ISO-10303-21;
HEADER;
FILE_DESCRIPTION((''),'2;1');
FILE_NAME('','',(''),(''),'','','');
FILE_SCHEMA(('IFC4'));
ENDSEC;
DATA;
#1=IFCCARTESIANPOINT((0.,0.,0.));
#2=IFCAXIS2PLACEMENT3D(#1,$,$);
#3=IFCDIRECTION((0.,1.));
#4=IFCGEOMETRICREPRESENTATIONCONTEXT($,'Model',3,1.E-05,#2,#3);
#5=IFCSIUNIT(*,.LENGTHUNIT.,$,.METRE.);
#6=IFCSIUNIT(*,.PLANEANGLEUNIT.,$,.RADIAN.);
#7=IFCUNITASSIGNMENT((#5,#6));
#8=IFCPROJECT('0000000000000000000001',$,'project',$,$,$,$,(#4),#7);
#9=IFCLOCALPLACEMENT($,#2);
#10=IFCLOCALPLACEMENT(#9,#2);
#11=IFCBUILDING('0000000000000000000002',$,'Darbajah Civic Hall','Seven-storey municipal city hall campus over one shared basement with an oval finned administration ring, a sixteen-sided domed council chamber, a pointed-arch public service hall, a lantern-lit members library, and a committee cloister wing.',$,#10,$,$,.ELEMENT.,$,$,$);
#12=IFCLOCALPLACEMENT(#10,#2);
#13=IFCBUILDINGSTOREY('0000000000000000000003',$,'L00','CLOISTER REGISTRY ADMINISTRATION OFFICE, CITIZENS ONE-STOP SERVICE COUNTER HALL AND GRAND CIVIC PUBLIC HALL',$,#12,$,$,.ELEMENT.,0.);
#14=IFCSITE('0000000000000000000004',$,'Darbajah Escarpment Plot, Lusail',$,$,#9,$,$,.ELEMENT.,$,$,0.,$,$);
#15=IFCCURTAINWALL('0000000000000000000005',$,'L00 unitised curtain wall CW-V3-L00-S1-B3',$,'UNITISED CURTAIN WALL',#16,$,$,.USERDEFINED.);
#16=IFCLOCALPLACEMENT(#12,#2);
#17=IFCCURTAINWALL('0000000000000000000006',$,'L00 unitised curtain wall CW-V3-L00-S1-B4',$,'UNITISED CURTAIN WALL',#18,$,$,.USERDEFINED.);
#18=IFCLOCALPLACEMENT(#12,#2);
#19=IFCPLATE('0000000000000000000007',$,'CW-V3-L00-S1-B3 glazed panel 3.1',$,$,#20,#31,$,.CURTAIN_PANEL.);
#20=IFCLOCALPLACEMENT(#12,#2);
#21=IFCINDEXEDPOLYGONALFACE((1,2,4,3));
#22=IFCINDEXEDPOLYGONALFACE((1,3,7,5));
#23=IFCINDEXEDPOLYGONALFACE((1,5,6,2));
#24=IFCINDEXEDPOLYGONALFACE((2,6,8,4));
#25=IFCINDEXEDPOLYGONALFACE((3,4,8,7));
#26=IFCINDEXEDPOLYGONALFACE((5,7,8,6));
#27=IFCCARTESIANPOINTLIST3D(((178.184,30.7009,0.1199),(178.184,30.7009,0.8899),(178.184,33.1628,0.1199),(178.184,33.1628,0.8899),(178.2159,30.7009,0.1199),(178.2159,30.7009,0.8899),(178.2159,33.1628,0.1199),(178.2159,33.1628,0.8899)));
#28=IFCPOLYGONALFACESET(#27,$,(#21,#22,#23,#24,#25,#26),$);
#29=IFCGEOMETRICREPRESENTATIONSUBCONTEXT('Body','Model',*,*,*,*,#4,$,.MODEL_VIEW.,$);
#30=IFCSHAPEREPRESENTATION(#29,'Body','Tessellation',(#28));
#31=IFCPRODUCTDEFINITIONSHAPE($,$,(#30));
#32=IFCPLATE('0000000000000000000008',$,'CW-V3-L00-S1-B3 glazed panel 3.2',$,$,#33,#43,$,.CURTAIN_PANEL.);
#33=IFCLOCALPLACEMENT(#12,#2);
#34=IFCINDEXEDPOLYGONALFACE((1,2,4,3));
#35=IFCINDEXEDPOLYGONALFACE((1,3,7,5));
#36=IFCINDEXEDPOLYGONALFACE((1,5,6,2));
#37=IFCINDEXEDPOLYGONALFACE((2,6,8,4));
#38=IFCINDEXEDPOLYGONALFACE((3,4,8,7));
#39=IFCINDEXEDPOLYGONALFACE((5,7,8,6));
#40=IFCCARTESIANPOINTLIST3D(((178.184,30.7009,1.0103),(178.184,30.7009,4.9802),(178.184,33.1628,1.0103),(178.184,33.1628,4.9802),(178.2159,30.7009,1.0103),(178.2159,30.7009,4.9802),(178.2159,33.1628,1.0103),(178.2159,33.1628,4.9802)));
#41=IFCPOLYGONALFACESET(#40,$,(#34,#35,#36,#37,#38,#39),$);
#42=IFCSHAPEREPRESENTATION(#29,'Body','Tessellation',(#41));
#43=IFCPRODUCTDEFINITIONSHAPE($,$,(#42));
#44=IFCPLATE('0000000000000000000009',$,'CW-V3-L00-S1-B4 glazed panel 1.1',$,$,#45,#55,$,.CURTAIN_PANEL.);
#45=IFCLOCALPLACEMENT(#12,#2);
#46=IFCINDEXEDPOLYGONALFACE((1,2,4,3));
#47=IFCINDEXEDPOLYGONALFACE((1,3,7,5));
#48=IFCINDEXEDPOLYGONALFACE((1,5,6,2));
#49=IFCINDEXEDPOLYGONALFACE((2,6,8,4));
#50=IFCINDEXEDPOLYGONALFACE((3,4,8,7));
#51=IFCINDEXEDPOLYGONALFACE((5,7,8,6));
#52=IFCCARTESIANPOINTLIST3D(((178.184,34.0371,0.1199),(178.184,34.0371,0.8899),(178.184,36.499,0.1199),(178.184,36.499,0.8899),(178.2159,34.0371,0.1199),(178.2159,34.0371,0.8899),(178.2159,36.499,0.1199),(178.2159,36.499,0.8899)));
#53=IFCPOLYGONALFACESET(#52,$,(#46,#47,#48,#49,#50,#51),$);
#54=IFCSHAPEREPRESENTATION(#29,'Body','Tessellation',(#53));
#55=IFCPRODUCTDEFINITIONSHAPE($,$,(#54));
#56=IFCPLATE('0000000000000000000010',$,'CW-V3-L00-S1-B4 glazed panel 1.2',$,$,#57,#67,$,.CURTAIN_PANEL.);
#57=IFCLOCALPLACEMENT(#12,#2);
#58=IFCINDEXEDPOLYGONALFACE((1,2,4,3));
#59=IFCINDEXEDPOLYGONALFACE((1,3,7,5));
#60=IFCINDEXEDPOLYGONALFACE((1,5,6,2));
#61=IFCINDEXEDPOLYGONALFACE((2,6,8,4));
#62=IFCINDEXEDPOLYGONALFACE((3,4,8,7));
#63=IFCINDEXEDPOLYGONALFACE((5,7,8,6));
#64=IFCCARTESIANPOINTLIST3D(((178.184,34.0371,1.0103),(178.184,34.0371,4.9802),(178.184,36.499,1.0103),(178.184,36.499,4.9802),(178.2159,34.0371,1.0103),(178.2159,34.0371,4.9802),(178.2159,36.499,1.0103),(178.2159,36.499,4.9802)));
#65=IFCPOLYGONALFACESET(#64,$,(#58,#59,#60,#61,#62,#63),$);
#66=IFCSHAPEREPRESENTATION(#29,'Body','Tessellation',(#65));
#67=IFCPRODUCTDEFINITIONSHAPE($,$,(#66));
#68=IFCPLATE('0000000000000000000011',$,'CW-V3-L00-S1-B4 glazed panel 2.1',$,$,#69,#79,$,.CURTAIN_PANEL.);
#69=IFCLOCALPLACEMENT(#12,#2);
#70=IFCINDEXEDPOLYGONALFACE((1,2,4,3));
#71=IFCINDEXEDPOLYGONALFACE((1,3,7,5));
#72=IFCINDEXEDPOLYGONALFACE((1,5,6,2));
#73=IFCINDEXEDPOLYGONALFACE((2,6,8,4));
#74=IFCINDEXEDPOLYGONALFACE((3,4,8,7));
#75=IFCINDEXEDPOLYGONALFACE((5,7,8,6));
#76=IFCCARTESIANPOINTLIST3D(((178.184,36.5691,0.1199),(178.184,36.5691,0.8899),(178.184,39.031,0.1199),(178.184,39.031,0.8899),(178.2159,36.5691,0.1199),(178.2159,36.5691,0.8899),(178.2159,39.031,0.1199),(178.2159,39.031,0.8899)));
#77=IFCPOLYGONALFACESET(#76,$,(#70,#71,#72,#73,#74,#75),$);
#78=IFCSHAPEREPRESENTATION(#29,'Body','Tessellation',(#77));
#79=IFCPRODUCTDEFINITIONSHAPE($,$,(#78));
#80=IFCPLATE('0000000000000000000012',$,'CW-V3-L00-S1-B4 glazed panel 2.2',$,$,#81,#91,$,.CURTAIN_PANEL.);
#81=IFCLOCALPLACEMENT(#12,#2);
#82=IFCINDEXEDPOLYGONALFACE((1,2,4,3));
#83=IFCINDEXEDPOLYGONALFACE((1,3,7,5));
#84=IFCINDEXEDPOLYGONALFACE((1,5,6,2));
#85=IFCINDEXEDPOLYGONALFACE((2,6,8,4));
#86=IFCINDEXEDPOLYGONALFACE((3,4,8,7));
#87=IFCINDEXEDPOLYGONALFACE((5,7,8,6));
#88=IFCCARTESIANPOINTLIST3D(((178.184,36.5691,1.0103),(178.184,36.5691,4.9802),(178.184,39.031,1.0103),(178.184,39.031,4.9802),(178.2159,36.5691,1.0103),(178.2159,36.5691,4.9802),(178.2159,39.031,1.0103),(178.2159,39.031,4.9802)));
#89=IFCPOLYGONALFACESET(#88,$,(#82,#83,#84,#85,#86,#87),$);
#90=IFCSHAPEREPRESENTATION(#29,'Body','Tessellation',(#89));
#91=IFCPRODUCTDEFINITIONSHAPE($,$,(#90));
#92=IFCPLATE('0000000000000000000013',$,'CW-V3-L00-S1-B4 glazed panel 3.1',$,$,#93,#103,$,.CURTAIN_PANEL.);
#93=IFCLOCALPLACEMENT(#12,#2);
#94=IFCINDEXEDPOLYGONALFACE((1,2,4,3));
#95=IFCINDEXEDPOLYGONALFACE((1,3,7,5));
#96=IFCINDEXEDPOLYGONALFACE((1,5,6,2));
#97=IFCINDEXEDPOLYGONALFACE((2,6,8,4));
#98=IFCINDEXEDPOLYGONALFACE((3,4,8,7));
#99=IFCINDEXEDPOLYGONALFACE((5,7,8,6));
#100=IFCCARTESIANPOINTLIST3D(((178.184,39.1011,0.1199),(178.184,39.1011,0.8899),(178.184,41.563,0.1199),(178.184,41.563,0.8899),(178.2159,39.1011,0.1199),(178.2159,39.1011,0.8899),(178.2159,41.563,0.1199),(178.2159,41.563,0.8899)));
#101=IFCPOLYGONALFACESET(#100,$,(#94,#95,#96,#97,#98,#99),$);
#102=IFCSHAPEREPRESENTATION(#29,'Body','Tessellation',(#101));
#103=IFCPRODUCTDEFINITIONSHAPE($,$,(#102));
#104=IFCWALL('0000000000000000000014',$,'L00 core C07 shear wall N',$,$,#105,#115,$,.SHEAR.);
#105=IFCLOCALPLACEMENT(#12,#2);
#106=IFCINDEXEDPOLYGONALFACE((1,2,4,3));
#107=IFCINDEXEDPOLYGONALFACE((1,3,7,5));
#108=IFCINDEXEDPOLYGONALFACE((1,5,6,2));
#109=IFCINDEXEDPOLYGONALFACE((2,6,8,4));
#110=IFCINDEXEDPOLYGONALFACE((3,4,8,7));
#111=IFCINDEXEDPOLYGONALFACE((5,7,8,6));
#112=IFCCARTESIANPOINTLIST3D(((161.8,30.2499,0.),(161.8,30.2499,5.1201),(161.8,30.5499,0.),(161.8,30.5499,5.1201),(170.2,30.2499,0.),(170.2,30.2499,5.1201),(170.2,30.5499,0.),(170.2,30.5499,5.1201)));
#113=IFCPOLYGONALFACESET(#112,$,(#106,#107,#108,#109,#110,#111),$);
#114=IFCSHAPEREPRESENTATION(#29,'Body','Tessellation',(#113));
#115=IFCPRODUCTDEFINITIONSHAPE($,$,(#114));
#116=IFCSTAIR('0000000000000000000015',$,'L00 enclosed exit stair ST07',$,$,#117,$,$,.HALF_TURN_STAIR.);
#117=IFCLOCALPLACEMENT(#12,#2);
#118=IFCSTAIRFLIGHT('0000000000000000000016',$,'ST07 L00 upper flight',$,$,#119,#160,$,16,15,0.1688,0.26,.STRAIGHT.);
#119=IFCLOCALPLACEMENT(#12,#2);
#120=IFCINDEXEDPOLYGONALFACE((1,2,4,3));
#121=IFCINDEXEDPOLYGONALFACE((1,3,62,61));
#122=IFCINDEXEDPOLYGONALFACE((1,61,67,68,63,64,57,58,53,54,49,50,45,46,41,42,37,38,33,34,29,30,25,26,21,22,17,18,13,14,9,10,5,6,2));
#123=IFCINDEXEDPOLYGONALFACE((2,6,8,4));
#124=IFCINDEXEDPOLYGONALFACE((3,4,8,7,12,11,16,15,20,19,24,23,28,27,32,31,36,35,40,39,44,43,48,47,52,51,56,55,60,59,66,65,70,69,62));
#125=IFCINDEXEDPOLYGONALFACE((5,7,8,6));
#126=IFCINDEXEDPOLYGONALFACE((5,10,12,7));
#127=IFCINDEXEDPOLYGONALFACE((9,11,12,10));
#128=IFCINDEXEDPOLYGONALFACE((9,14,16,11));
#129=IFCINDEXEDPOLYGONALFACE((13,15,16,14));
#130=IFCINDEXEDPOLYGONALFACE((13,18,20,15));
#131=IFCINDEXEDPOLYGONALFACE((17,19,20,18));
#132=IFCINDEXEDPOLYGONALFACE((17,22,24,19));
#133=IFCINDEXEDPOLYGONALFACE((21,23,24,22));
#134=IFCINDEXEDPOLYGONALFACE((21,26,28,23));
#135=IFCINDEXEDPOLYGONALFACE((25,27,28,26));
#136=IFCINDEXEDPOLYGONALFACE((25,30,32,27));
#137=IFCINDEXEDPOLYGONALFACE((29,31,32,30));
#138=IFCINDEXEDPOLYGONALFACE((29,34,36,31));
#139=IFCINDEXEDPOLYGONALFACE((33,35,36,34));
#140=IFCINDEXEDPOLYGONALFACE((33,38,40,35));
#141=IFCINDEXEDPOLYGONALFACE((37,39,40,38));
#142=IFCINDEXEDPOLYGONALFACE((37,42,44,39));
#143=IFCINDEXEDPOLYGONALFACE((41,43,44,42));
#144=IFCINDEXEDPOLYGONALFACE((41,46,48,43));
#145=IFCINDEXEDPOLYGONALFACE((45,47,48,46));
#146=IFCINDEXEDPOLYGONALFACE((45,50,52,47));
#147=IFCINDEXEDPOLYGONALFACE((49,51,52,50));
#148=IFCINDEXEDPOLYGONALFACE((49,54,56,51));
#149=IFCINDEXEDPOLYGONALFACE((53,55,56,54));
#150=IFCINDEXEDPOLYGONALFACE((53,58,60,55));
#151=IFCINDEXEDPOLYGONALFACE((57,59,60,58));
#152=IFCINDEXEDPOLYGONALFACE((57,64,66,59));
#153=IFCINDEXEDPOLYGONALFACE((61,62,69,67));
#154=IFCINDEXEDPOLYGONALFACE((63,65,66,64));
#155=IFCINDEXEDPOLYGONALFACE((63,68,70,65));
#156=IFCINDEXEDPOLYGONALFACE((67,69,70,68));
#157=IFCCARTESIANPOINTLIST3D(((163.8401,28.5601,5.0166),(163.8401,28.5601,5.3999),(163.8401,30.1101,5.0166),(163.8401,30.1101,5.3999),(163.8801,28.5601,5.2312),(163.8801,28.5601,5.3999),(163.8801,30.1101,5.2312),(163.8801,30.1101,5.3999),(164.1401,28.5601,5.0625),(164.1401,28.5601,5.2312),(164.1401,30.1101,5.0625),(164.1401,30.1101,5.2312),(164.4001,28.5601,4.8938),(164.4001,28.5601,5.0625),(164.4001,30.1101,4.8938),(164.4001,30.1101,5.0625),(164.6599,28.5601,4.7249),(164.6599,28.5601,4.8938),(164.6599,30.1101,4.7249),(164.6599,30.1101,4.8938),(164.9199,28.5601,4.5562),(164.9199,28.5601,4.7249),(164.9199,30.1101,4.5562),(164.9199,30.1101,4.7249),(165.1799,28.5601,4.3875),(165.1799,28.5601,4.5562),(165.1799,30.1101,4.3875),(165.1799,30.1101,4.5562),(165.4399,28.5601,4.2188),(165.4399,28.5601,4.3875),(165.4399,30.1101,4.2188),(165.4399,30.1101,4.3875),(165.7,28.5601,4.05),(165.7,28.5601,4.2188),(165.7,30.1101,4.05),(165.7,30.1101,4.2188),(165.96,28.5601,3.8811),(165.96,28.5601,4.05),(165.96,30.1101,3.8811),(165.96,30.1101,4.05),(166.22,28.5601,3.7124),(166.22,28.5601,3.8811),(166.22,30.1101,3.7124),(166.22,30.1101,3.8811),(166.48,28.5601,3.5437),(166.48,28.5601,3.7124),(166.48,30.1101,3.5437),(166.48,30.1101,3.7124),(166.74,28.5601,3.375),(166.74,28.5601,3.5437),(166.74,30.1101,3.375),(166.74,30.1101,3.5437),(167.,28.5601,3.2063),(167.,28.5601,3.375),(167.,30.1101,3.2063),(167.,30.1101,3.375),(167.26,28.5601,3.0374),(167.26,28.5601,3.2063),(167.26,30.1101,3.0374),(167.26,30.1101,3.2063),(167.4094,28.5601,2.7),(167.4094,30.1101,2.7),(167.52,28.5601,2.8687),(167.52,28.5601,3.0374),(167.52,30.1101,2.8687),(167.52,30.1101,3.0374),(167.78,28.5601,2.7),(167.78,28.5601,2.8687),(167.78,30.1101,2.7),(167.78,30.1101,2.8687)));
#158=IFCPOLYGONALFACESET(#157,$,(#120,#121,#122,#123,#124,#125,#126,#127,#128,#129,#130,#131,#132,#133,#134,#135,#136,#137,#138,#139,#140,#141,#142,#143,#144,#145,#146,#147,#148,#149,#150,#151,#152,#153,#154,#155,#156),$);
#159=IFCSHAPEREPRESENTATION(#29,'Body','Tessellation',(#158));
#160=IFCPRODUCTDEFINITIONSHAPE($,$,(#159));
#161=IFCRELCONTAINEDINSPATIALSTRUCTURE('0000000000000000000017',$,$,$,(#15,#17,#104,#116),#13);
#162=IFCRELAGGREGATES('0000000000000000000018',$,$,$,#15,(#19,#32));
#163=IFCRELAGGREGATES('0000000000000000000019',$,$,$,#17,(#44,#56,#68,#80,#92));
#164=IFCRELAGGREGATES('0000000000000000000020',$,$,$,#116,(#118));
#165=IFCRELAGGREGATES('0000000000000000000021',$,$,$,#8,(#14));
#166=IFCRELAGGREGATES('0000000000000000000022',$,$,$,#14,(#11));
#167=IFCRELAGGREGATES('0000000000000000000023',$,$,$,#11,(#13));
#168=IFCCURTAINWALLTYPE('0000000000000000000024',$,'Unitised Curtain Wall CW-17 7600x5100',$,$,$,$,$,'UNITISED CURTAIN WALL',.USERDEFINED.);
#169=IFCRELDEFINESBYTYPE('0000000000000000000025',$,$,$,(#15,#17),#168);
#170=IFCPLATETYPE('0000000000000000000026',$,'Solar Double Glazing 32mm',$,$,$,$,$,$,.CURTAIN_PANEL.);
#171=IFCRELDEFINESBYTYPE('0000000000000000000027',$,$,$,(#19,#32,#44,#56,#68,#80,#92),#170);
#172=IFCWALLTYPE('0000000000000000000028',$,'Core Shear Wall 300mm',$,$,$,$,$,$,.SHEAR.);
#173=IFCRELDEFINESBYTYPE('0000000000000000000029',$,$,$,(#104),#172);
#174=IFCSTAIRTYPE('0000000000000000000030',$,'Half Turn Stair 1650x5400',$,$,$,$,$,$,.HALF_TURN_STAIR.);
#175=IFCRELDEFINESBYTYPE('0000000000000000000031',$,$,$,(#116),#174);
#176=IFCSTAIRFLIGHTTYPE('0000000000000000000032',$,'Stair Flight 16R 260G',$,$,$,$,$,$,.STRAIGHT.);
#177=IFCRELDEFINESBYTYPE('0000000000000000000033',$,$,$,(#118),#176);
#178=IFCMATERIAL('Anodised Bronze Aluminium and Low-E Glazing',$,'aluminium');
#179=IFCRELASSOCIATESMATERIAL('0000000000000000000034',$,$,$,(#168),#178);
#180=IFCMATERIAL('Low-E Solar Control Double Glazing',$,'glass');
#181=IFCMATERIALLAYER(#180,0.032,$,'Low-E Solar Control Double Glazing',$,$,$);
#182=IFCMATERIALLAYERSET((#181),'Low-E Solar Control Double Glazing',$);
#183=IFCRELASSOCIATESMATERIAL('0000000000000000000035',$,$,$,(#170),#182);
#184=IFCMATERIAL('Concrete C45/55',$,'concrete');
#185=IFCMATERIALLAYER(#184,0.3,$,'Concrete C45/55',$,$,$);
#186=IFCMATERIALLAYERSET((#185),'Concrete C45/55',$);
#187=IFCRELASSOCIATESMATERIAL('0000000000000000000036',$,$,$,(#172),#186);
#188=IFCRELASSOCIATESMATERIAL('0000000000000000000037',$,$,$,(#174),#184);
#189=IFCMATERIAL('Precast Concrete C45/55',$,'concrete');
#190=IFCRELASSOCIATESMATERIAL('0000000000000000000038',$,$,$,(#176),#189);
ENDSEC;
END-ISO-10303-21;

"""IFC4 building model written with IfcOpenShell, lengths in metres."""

from ifc_helpers import new_model, si_unit, direction, frame, frame_2d, origin, origin_2d, place, context, subcontext, project, spatial, polyline, rectangle, outline, extrude, material, layer, layer_set, type_object, element, aggregate, save


model = new_model("IFC4")

# Units and contexts
model_context = context("Model", 3, precision=1e-05, world=origin(), true_north=direction((0.0, 1.0)))
body_context = subcontext(model_context, "Body", "Model", "MODEL_VIEW")
ifc_project = project(units=[si_unit("LENGTHUNIT", "METRE"), si_unit("PLANEANGLEUNIT", "RADIAN")], contexts=[model_context])

# Site, building, storey
site_placement = place(None, origin())
site = spatial("IfcSite", under=ifc_project, at=site_placement, Name="Darbajah Escarpment Plot, Lusail", CompositionType="ELEMENT", RefElevation=0.0)
building_placement = place(site_placement, origin())
building = spatial("IfcBuilding", under=site, at=building_placement, Name="Darbajah Civic Hall", Description="Seven-storey municipal city hall campus over one shared basement with an oval finned administration ring, a sixteen-sided domed council chamber, a pointed-arch public service hall, a lantern-lit members library, and a committee cloister wing.", CompositionType="ELEMENT")
storey_placement = place(building_placement, origin())
storey = spatial("IfcBuildingStorey", under=building, at=storey_placement, Name="L00", Description="CLOISTER REGISTRY ADMINISTRATION OFFICE, CITIZENS ONE-STOP SERVICE COUNTER HALL AND GRAND CIVIC PUBLIC HALL", CompositionType="ELEMENT", Elevation=0.0)

# Curtain walls
ifc_material_1 = material(Name="Anodised Bronze Aluminium and Low-E Glazing", Category="aluminium")
curtain_wall_type = type_object("IfcCurtainWallType", Name="Unitised Curtain Wall CW-17 7600x5100", ElementType="UNITISED CURTAIN WALL", PredefinedType="USERDEFINED", material=ifc_material_1)
curtain_wall_1_placement = place(storey_placement, origin())
curtain_wall_1 = element("IfcCurtainWall", 1, at=curtain_wall_1_placement, inside=storey, type_object=curtain_wall_type, Name="L00 unitised curtain wall CW-V3-L00-S1-B3", ObjectType="UNITISED CURTAIN WALL", PredefinedType="USERDEFINED")
curtain_wall_2_placement = place(storey_placement, origin())
curtain_wall_2 = element("IfcCurtainWall", 2, at=curtain_wall_2_placement, inside=storey, type_object=curtain_wall_type, Name="L00 unitised curtain wall CW-V3-L00-S1-B4", ObjectType="UNITISED CURTAIN WALL", PredefinedType="USERDEFINED")

# Shared definitions
ifc_material_2 = material(Name="Concrete C45/55", Category="concrete")

# Plates
ifc_material_3 = material(Name="Low-E Solar Control Double Glazing", Category="glass")
ifc_layer_1 = layer(ifc_material_3, 0.032, Name="Low-E Solar Control Double Glazing")
ifc_layer_set_1 = layer_set([ifc_layer_1], Name="Low-E Solar Control Double Glazing")
plate_type = type_object("IfcPlateType", Name="Solar Double Glazing 32mm", PredefinedType="CURTAIN_PANEL", material=ifc_layer_set_1)
plate_1_placement = place(storey_placement, frame((178.2, 31.9319, 0.1199), z_axis=(0.0, 0.0, 1.0), x_axis=(0.0, 1.0, 0.0)))
plate_1 = element("IfcPlate", 3, at=plate_1_placement, type_object=plate_type, Name="CW-V3-L00-S1-B3 glazed panel 3.1", PredefinedType="CURTAIN_PANEL", context=body_context, shape_type="SweptSolid", body=[
    extrude(rectangle(XDim=2.4619, YDim=0.032, at=origin_2d()), origin(), (0.0, 0.0, 1.0), 0.77),
])
plate_2_placement = place(storey_placement, frame((178.2, 31.9319, 1.0103), z_axis=(0.0, 0.0, 1.0), x_axis=(0.0, 1.0, 0.0)))
plate_2 = element("IfcPlate", 4, at=plate_2_placement, type_object=plate_type, Name="CW-V3-L00-S1-B3 glazed panel 3.2", PredefinedType="CURTAIN_PANEL", context=body_context, shape_type="SweptSolid", body=[
    extrude(rectangle(XDim=2.4619, YDim=0.032, at=origin_2d()), origin(), (0.0, 0.0, 1.0), 3.97),
])
aggregate(curtain_wall_1, [plate_1, plate_2])
plate_3_placement = place(storey_placement, frame((178.2, 35.2681, 0.1199), z_axis=(0.0, 0.0, 1.0), x_axis=(0.0, 1.0, 0.0)))
plate_3 = element("IfcPlate", 5, at=plate_3_placement, type_object=plate_type, Name="CW-V3-L00-S1-B4 glazed panel 1.1", PredefinedType="CURTAIN_PANEL", context=body_context, shape_type="SweptSolid", body=[
    extrude(rectangle(XDim=2.4619, YDim=0.032, at=origin_2d()), origin(), (0.0, 0.0, 1.0), 0.77),
])
plate_4_placement = place(storey_placement, frame((178.2, 35.2681, 1.0103), z_axis=(0.0, 0.0, 1.0), x_axis=(0.0, 1.0, 0.0)))
plate_4 = element("IfcPlate", 6, at=plate_4_placement, type_object=plate_type, Name="CW-V3-L00-S1-B4 glazed panel 1.2", PredefinedType="CURTAIN_PANEL", context=body_context, shape_type="SweptSolid", body=[
    extrude(rectangle(XDim=2.4619, YDim=0.032, at=origin_2d()), origin(), (0.0, 0.0, 1.0), 3.97),
])
plate_5_placement = place(storey_placement, frame((178.2, 37.8, 0.1199), z_axis=(0.0, 0.0, 1.0), x_axis=(0.0, 1.0, 0.0)))
plate_5 = element("IfcPlate", 7, at=plate_5_placement, type_object=plate_type, Name="CW-V3-L00-S1-B4 glazed panel 2.1", PredefinedType="CURTAIN_PANEL", context=body_context, shape_type="SweptSolid", body=[
    extrude(rectangle(XDim=2.4619, YDim=0.032, at=origin_2d()), origin(), (0.0, 0.0, 1.0), 0.77),
])
plate_6_placement = place(storey_placement, frame((178.2, 37.8, 1.0103), z_axis=(0.0, 0.0, 1.0), x_axis=(0.0, 1.0, 0.0)))
plate_6 = element("IfcPlate", 8, at=plate_6_placement, type_object=plate_type, Name="CW-V3-L00-S1-B4 glazed panel 2.2", PredefinedType="CURTAIN_PANEL", context=body_context, shape_type="SweptSolid", body=[
    extrude(rectangle(XDim=2.4619, YDim=0.032, at=origin_2d()), origin(), (0.0, 0.0, 1.0), 3.97),
])
plate_7_placement = place(storey_placement, frame((178.2, 40.332, 0.1199), z_axis=(0.0, 0.0, 1.0), x_axis=(0.0, 1.0, 0.0)))
plate_7 = element("IfcPlate", 9, at=plate_7_placement, type_object=plate_type, Name="CW-V3-L00-S1-B4 glazed panel 3.1", PredefinedType="CURTAIN_PANEL", context=body_context, shape_type="SweptSolid", body=[
    extrude(rectangle(XDim=2.4619, YDim=0.032, at=origin_2d()), origin(), (0.0, 0.0, 1.0), 0.77),
])
aggregate(curtain_wall_2, [plate_3, plate_4, plate_5, plate_6, plate_7])

# Wall
ifc_layer_2 = layer(ifc_material_2, 0.3, Name="Concrete C45/55")
ifc_layer_set_2 = layer_set([ifc_layer_2], Name="Concrete C45/55")
wall_type = type_object("IfcWallType", Name="Core Shear Wall 300mm", PredefinedType="SHEAR", material=ifc_layer_set_2)
wall_placement = place(storey_placement, frame((170.2, 30.3999, 0.0), z_axis=(0.0, 0.0, 1.0), x_axis=(-1.0, 0.0, 0.0)))
element("IfcWall", 10, at=wall_placement, inside=storey, type_object=wall_type, Name="L00 core C07 shear wall N", PredefinedType="SHEAR", context=body_context, shape_type="SweptSolid", body=[
    extrude(rectangle(XDim=8.3999, YDim=0.3, at=frame_2d((4.2, 0.0))), origin(), (0.0, 0.0, 1.0), 5.1201),
])

# Stair, stair flight
stair_type = type_object("IfcStairType", Name="Half Turn Stair 1650x5400", PredefinedType="HALF_TURN_STAIR", material=ifc_material_2)
stair_placement = place(storey_placement, origin())
stair = element("IfcStair", 11, at=stair_placement, inside=storey, type_object=stair_type, Name="L00 enclosed exit stair ST07", PredefinedType="HALF_TURN_STAIR")
ifc_material_4 = material(Name="Precast Concrete C45/55", Category="concrete")
stair_flight_type = type_object("IfcStairFlightType", Name="Stair Flight 16R 260G", PredefinedType="STRAIGHT", material=ifc_material_4)
stair_flight_placement = place(storey_placement, frame((167.78, 29.335, 2.7), z_axis=(0.0, 0.0, 1.0), x_axis=(-1.0, 0.0, 0.0)))
stair_flight = element("IfcStairFlight", 12, at=stair_flight_placement, type_object=stair_flight_type, Name="ST07 L00 upper flight", NumberOfRisers=16, NumberOfTreads=15, PredefinedType="STRAIGHT", RiserHeight=0.1688, TreadLength=0.26, context=body_context, shape_type="SweptSolid", body=[
    extrude(outline(polyline([(0.0, 0.0), (0.0, 0.1687), (0.26, 0.1687), (0.26, 0.3374), (0.52, 0.3374), (0.52, 0.5063), (0.78, 0.5063), (0.78, 0.675), (1.04, 0.675), (1.04, 0.8438), (1.3, 0.8438), (1.3, 1.0125), (1.5601, 1.0125), (1.5601, 1.1812), (1.8201, 1.1812), (1.8201, 1.3501), (2.0801, 1.3501), (2.0801, 1.5188), (2.3401, 1.5188), (2.3401, 1.6875), (2.6001, 1.6875), (2.6001, 1.8562), (2.8601, 1.8562), (2.8601, 2.0249), (3.1201, 2.0249), (3.1201, 2.1938), (3.3799, 2.1938), (3.3799, 2.3625), (3.6399, 2.3625), (3.6399, 2.5312), (3.8999, 2.5312), (3.8999, 2.7), (3.9399, 2.7), (3.9399, 2.3167), (0.3706, 0.0), (0.0, 0.0)])), frame((0.0, 0.7749, 0.0), z_axis=(0.0, -1.0, 0.0), x_axis=(1.0, 0.0, 0.0)), (0.0, 0.0, 1.0), 1.55),
])
aggregate(stair, [stair_flight])

save(model, "model.ifc")
